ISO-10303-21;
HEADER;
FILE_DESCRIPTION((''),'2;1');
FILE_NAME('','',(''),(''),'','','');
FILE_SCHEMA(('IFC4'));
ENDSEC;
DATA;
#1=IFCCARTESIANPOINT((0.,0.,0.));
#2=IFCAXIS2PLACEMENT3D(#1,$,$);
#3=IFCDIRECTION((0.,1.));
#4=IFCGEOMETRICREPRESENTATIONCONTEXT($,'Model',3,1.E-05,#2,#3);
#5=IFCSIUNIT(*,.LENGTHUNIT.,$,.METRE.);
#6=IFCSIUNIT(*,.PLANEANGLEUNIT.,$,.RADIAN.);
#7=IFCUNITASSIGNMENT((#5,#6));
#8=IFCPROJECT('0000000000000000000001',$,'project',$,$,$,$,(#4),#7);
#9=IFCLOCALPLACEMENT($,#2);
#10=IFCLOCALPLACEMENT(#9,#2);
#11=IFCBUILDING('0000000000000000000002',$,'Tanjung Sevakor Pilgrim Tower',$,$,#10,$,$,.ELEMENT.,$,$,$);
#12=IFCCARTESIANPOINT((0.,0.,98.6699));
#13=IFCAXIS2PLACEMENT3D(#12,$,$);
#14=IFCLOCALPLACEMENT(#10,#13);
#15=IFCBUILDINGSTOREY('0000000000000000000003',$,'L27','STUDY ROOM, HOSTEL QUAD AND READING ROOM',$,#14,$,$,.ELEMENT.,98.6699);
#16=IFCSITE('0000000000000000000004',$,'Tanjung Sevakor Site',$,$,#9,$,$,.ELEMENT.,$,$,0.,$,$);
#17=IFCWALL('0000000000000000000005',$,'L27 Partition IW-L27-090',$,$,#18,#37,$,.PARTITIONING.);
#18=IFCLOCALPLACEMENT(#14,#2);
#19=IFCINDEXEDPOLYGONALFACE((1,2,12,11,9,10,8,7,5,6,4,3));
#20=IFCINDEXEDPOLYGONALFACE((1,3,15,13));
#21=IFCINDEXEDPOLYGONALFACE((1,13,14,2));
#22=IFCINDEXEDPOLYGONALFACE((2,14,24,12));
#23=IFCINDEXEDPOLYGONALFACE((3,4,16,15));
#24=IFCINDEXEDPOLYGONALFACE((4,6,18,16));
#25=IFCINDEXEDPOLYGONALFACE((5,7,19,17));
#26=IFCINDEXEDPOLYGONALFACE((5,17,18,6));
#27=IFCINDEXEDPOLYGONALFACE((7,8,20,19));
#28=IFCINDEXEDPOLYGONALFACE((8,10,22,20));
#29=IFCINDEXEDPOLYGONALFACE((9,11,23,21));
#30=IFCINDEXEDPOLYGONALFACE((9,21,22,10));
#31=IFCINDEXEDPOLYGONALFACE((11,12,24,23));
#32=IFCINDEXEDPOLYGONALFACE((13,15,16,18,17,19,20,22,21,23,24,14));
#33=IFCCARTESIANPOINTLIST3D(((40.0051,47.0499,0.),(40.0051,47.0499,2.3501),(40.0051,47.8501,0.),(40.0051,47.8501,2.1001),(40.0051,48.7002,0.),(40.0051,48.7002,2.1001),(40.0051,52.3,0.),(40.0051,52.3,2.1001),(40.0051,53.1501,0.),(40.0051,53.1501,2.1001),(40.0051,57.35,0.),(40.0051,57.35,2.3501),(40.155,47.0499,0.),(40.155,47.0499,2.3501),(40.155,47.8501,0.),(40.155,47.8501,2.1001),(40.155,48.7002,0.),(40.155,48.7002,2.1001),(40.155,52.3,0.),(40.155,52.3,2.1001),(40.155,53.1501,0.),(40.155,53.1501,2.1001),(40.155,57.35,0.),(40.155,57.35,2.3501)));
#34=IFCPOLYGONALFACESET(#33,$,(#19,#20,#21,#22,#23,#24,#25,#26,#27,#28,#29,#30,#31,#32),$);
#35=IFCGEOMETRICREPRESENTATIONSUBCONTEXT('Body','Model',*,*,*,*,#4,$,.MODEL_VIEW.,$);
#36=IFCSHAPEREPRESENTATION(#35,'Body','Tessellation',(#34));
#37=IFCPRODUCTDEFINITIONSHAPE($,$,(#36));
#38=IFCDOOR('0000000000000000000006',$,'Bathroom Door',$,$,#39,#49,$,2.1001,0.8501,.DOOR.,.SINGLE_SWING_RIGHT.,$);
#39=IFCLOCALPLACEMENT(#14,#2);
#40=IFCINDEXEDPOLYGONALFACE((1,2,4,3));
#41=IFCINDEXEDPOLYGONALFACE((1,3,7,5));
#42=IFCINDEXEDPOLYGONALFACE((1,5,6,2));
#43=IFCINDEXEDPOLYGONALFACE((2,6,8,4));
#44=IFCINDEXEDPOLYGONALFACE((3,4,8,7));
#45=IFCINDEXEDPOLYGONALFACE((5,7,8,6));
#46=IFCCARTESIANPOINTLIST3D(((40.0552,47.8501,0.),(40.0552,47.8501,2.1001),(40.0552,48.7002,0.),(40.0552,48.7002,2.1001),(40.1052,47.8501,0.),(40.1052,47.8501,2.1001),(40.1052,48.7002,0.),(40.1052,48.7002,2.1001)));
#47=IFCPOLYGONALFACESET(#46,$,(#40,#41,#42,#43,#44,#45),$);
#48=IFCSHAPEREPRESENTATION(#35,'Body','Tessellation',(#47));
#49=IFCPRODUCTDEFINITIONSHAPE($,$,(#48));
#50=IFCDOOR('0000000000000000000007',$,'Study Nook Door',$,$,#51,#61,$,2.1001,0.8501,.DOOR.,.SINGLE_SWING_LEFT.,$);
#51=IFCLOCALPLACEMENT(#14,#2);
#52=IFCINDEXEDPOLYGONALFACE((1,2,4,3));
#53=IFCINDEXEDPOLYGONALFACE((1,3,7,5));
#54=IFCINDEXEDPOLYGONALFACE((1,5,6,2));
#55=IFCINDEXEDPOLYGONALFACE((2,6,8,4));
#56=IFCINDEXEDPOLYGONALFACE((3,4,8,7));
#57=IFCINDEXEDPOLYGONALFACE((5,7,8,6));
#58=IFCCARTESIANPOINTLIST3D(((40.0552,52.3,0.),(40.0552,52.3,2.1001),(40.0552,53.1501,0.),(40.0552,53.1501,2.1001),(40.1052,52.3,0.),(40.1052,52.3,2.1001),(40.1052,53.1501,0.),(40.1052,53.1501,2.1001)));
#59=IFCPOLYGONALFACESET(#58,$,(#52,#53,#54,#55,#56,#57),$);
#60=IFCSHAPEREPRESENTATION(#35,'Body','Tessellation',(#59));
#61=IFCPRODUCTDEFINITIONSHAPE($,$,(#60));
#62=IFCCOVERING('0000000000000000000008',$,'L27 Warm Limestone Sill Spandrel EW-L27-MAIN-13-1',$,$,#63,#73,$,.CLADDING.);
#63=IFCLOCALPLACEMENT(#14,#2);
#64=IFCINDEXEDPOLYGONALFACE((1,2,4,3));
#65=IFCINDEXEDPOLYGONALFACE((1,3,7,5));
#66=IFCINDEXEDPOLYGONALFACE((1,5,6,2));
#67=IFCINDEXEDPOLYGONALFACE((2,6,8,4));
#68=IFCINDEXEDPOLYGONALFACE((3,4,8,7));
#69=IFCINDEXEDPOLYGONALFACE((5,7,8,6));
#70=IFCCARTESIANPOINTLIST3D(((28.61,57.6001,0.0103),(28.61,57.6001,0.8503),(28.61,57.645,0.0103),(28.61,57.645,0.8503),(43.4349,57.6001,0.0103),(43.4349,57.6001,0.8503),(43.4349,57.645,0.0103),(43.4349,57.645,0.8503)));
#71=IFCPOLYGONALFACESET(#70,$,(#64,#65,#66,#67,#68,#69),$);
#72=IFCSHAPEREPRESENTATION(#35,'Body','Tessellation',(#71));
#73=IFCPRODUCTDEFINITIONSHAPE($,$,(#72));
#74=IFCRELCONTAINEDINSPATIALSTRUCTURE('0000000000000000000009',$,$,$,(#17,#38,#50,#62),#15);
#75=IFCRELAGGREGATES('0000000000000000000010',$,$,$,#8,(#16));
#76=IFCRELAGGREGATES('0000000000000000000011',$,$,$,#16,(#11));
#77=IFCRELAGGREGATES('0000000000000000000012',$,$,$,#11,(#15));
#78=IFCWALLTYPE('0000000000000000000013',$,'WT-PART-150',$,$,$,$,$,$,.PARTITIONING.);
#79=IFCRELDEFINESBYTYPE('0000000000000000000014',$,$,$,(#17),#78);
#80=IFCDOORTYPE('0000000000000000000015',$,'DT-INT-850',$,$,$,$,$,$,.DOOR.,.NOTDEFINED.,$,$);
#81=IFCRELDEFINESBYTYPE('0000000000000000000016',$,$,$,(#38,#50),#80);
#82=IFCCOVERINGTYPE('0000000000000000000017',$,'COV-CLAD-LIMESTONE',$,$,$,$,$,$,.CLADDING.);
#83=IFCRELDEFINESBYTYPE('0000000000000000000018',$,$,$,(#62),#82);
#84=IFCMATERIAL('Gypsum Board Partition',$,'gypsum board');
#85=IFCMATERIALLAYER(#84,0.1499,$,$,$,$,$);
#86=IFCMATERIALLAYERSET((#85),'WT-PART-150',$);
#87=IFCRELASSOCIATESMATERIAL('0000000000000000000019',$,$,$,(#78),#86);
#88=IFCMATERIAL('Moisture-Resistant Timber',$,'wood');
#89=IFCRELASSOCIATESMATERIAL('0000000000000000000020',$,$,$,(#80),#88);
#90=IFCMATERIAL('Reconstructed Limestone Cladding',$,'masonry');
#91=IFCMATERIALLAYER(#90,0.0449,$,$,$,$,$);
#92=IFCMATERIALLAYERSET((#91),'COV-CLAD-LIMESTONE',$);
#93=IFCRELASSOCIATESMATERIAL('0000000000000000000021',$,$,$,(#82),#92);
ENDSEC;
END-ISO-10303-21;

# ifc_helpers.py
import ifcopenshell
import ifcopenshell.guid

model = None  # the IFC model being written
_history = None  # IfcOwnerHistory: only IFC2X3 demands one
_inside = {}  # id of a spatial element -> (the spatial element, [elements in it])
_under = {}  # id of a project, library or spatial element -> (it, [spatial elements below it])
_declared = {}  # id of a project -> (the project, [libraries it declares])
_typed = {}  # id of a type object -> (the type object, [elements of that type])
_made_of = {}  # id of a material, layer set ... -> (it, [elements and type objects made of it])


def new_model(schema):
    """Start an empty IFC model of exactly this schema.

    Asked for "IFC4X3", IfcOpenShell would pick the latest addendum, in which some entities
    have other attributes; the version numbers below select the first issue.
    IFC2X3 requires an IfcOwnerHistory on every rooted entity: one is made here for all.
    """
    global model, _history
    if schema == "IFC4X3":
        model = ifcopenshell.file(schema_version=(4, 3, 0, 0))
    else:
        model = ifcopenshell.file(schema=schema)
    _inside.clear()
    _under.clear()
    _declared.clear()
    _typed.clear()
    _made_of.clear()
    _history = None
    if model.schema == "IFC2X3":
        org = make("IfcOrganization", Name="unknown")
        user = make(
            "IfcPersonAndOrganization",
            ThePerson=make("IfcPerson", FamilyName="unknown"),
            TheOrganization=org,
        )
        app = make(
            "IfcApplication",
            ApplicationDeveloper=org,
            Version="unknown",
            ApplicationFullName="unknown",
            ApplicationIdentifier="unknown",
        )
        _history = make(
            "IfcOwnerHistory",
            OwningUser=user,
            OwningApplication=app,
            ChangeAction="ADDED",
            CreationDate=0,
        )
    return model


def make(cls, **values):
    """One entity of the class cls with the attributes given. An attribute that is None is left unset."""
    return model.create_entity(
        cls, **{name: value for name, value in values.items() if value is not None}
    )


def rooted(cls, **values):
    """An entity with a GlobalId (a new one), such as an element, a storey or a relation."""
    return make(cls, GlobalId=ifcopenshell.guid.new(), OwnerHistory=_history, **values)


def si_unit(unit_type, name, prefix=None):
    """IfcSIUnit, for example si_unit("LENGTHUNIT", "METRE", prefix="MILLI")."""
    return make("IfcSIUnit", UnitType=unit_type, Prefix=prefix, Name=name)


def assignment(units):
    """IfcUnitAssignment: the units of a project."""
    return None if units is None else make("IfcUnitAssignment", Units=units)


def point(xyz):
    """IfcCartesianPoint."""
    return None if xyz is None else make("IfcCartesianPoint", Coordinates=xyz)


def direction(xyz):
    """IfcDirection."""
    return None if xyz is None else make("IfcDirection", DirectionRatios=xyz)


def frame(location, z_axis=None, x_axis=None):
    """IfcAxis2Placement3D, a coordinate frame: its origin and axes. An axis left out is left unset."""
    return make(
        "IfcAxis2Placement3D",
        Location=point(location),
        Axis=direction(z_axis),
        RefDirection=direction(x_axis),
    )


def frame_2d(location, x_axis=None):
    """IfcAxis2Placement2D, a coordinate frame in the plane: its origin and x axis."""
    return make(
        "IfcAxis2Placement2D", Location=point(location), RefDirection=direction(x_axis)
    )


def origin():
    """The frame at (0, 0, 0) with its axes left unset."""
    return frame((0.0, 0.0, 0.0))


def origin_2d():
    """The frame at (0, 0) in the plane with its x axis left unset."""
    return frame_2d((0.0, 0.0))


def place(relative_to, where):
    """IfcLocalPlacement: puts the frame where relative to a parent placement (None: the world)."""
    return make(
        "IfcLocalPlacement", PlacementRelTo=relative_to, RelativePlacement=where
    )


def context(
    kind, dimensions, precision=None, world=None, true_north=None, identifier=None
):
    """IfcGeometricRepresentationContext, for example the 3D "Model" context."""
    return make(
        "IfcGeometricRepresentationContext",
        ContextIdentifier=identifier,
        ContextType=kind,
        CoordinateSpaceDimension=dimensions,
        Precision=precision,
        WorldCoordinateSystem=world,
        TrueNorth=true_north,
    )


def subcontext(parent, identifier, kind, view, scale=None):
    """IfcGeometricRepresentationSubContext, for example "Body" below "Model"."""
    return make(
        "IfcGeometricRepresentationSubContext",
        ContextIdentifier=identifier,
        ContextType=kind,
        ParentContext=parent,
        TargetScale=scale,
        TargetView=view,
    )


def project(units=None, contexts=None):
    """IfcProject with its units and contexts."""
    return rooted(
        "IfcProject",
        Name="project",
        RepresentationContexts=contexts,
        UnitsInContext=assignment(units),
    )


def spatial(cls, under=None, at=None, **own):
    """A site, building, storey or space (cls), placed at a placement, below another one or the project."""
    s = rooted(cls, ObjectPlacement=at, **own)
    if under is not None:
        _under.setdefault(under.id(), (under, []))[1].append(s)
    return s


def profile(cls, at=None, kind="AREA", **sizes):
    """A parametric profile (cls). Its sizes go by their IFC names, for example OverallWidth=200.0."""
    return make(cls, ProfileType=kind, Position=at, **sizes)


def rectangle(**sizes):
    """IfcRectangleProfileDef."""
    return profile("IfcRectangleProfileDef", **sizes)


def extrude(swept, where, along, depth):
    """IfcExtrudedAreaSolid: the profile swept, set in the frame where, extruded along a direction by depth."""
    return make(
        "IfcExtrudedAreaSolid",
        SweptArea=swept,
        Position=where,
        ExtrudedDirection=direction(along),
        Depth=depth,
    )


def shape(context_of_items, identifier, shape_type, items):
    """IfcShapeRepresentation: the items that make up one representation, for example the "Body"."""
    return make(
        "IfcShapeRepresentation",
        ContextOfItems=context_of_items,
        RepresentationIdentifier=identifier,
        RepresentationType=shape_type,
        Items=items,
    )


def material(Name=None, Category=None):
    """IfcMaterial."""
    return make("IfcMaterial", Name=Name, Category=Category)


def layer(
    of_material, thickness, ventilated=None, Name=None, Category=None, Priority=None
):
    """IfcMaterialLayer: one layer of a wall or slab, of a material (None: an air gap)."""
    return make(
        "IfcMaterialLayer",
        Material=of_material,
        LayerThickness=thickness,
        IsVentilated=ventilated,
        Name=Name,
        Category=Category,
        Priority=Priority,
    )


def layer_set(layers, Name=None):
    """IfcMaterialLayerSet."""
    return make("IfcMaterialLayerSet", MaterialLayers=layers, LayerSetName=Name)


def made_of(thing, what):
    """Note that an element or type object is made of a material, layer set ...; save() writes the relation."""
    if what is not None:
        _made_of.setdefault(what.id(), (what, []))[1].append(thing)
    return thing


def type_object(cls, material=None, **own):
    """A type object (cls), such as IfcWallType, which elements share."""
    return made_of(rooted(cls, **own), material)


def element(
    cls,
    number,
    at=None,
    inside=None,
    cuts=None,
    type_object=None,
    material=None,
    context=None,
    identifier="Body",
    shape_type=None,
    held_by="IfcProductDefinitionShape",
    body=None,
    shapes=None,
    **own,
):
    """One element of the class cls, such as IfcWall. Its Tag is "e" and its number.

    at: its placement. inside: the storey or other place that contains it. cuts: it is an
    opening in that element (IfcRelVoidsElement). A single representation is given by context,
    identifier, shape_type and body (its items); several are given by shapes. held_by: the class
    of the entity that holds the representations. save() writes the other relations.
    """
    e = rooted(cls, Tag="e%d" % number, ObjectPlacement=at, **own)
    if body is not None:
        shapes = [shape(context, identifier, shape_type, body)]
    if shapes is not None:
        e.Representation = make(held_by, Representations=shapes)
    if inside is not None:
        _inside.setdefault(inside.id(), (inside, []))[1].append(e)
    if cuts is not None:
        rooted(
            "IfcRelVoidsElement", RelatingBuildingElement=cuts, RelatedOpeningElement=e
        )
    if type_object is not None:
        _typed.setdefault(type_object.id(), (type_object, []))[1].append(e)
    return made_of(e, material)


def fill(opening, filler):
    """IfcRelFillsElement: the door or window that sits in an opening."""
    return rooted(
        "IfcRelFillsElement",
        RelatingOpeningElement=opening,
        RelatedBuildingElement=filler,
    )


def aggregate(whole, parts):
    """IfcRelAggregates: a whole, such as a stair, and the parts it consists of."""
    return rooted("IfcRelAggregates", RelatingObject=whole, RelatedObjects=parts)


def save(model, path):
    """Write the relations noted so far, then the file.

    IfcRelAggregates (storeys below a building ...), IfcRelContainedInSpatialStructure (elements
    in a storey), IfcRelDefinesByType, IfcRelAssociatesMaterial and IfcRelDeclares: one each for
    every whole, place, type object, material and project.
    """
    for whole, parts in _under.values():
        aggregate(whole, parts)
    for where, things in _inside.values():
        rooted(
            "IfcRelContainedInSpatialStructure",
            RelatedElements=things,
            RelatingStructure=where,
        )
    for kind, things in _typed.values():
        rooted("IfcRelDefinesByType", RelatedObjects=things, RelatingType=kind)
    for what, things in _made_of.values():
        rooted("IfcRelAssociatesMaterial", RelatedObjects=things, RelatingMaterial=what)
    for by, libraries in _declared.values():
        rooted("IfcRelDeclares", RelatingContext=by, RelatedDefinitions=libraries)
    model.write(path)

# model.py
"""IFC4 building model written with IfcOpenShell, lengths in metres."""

from ifc_helpers import new_model, si_unit, direction, frame, frame_2d, origin, origin_2d, place, context, subcontext, project, spatial, rectangle, extrude, material, layer, layer_set, type_object, element, fill, save


model = new_model("IFC4")

# Units and contexts
model_context = context("Model", 3, precision=1e-05, world=origin(), true_north=direction((0.0, 1.0)))
body_context = subcontext(model_context, "Body", "Model", "MODEL_VIEW")
ifc_project = project(units=[si_unit("LENGTHUNIT", "METRE"), si_unit("PLANEANGLEUNIT", "RADIAN")], contexts=[model_context])

# Site, building, storey
site_placement = place(None, origin())
site = spatial("IfcSite", under=ifc_project, at=site_placement, Name="Tanjung Sevakor Site", CompositionType="ELEMENT", RefElevation=0.0)
building_placement = place(site_placement, origin())
building = spatial("IfcBuilding", under=site, at=building_placement, Name="Tanjung Sevakor Pilgrim Tower", CompositionType="ELEMENT")
storey_placement = place(building_placement, frame((0.0, 0.0, 98.6699)))
storey = spatial("IfcBuildingStorey", under=building, at=storey_placement, Name="L27", Description="STUDY ROOM, HOSTEL QUAD AND READING ROOM", CompositionType="ELEMENT", Elevation=98.6699)

# Shared definitions
ifc_material_1 = material(Name="Gypsum Board Partition", Category="gypsum board")
ifc_layer_1 = layer(ifc_material_1, 0.1499)
ifc_layer_set_1 = layer_set([ifc_layer_1], Name="WT-PART-150")
wall_type_1 = type_object("IfcWallType", Name="WT-PART-150", PredefinedType="PARTITIONING", material=ifc_layer_set_1)

# Wall, openings, doors
wall_1_placement = place(storey_placement, frame((40.0801, 47.05, 0.0), z_axis=(0.0, 0.0, 1.0), x_axis=(0.0, 1.0, 0.0)))
wall_1 = element("IfcWall", 1, at=wall_1_placement, inside=storey, type_object=wall_type_1, Name="L27 Partition IW-L27-090", PredefinedType="PARTITIONING", context=body_context, shape_type="SweptSolid", body=[
    extrude(rectangle(XDim=10.3, YDim=0.1499, at=frame_2d((5.1499, 0.0))), origin(), (0.0, 0.0, 1.0), 2.3501),
])
opening_1_placement = place(wall_1_placement, frame((0.8, 0.0, 0.0)))
opening_1 = element("IfcOpeningElement", 2, at=opening_1_placement, cuts=wall_1, PredefinedType="OPENING", context=body_context, shape_type="SweptSolid", body=[
    extrude(rectangle(XDim=0.8501, YDim=2.1001, at=frame_2d((0.425, 1.05))), frame((0.0, 0.085, 0.0), z_axis=(0.0, -1.0, 0.0), x_axis=(1.0, 0.0, 0.0)), (0.0, 0.0, 1.0), 0.1699),
])
opening_2_placement = place(wall_1_placement, frame((5.25, 0.0, 0.0)))
opening_2 = element("IfcOpeningElement", 3, at=opening_2_placement, cuts=wall_1, PredefinedType="OPENING", context=body_context, shape_type="SweptSolid", body=[
    extrude(rectangle(XDim=0.8501, YDim=2.1001, at=frame_2d((0.425, 1.05))), frame((0.0, 0.085, 0.0), z_axis=(0.0, -1.0, 0.0), x_axis=(1.0, 0.0, 0.0)), (0.0, 0.0, 1.0), 0.1699),
])
ifc_material_2 = material(Name="Moisture-Resistant Timber", Category="wood")
door_type_1 = type_object("IfcDoorType", Name="DT-INT-850", OperationType="NOTDEFINED", PredefinedType="DOOR", material=ifc_material_2)
door_1_placement = place(opening_1_placement, origin())
door_1 = element("IfcDoor", 4, at=door_1_placement, inside=storey, type_object=door_type_1, Name="Bathroom Door", OperationType="SINGLE_SWING_RIGHT", OverallHeight=2.1001, OverallWidth=0.8501, PredefinedType="DOOR", context=body_context, shape_type="SweptSolid", body=[
    extrude(rectangle(XDim=0.8501, YDim=2.1001, at=frame_2d((0.425, 1.05))), frame((0.0, 0.0249, 0.0), z_axis=(0.0, -1.0, 0.0), x_axis=(1.0, 0.0, 0.0)), (0.0, 0.0, 1.0), 0.05),
])
fill(opening_1, door_1)
door_2_placement = place(opening_2_placement, origin())
door_2 = element("IfcDoor", 5, at=door_2_placement, inside=storey, type_object=door_type_1, Name="Study Nook Door", OperationType="SINGLE_SWING_LEFT", OverallHeight=2.1001, OverallWidth=0.8501, PredefinedType="DOOR", context=body_context, shape_type="SweptSolid", body=[
    extrude(rectangle(XDim=0.8501, YDim=2.1001, at=frame_2d((0.425, 1.05))), frame((0.0, 0.0249, 0.0), z_axis=(0.0, -1.0, 0.0), x_axis=(1.0, 0.0, 0.0)), (0.0, 0.0, 1.0), 0.05),
])
fill(opening_2, door_2)

# Covering
ifc_material_3 = material(Name="Reconstructed Limestone Cladding", Category="masonry")
ifc_layer_2 = layer(ifc_material_3, 0.0449)
ifc_layer_set_2 = layer_set([ifc_layer_2], Name="COV-CLAD-LIMESTONE")
covering_type = type_object("IfcCoveringType", Name="COV-CLAD-LIMESTONE", PredefinedType="CLADDING", material=ifc_layer_set_2)
covering_placement = place(storey_placement, frame((36.0225, 57.6226, 0.0103), z_axis=(0.0, 0.0, 1.0), x_axis=(-1.0, 0.0, 0.0)))
element("IfcCovering", 6, at=covering_placement, inside=storey, type_object=covering_type, Name="L27 Warm Limestone Sill Spandrel EW-L27-MAIN-13-1", PredefinedType="CLADDING", context=body_context, shape_type="SweptSolid", body=[
    extrude(rectangle(XDim=14.825, YDim=0.0449, at=origin_2d()), origin(), (0.0, 0.0, 1.0), 0.8401),
])

save(model, "model.ifc")
